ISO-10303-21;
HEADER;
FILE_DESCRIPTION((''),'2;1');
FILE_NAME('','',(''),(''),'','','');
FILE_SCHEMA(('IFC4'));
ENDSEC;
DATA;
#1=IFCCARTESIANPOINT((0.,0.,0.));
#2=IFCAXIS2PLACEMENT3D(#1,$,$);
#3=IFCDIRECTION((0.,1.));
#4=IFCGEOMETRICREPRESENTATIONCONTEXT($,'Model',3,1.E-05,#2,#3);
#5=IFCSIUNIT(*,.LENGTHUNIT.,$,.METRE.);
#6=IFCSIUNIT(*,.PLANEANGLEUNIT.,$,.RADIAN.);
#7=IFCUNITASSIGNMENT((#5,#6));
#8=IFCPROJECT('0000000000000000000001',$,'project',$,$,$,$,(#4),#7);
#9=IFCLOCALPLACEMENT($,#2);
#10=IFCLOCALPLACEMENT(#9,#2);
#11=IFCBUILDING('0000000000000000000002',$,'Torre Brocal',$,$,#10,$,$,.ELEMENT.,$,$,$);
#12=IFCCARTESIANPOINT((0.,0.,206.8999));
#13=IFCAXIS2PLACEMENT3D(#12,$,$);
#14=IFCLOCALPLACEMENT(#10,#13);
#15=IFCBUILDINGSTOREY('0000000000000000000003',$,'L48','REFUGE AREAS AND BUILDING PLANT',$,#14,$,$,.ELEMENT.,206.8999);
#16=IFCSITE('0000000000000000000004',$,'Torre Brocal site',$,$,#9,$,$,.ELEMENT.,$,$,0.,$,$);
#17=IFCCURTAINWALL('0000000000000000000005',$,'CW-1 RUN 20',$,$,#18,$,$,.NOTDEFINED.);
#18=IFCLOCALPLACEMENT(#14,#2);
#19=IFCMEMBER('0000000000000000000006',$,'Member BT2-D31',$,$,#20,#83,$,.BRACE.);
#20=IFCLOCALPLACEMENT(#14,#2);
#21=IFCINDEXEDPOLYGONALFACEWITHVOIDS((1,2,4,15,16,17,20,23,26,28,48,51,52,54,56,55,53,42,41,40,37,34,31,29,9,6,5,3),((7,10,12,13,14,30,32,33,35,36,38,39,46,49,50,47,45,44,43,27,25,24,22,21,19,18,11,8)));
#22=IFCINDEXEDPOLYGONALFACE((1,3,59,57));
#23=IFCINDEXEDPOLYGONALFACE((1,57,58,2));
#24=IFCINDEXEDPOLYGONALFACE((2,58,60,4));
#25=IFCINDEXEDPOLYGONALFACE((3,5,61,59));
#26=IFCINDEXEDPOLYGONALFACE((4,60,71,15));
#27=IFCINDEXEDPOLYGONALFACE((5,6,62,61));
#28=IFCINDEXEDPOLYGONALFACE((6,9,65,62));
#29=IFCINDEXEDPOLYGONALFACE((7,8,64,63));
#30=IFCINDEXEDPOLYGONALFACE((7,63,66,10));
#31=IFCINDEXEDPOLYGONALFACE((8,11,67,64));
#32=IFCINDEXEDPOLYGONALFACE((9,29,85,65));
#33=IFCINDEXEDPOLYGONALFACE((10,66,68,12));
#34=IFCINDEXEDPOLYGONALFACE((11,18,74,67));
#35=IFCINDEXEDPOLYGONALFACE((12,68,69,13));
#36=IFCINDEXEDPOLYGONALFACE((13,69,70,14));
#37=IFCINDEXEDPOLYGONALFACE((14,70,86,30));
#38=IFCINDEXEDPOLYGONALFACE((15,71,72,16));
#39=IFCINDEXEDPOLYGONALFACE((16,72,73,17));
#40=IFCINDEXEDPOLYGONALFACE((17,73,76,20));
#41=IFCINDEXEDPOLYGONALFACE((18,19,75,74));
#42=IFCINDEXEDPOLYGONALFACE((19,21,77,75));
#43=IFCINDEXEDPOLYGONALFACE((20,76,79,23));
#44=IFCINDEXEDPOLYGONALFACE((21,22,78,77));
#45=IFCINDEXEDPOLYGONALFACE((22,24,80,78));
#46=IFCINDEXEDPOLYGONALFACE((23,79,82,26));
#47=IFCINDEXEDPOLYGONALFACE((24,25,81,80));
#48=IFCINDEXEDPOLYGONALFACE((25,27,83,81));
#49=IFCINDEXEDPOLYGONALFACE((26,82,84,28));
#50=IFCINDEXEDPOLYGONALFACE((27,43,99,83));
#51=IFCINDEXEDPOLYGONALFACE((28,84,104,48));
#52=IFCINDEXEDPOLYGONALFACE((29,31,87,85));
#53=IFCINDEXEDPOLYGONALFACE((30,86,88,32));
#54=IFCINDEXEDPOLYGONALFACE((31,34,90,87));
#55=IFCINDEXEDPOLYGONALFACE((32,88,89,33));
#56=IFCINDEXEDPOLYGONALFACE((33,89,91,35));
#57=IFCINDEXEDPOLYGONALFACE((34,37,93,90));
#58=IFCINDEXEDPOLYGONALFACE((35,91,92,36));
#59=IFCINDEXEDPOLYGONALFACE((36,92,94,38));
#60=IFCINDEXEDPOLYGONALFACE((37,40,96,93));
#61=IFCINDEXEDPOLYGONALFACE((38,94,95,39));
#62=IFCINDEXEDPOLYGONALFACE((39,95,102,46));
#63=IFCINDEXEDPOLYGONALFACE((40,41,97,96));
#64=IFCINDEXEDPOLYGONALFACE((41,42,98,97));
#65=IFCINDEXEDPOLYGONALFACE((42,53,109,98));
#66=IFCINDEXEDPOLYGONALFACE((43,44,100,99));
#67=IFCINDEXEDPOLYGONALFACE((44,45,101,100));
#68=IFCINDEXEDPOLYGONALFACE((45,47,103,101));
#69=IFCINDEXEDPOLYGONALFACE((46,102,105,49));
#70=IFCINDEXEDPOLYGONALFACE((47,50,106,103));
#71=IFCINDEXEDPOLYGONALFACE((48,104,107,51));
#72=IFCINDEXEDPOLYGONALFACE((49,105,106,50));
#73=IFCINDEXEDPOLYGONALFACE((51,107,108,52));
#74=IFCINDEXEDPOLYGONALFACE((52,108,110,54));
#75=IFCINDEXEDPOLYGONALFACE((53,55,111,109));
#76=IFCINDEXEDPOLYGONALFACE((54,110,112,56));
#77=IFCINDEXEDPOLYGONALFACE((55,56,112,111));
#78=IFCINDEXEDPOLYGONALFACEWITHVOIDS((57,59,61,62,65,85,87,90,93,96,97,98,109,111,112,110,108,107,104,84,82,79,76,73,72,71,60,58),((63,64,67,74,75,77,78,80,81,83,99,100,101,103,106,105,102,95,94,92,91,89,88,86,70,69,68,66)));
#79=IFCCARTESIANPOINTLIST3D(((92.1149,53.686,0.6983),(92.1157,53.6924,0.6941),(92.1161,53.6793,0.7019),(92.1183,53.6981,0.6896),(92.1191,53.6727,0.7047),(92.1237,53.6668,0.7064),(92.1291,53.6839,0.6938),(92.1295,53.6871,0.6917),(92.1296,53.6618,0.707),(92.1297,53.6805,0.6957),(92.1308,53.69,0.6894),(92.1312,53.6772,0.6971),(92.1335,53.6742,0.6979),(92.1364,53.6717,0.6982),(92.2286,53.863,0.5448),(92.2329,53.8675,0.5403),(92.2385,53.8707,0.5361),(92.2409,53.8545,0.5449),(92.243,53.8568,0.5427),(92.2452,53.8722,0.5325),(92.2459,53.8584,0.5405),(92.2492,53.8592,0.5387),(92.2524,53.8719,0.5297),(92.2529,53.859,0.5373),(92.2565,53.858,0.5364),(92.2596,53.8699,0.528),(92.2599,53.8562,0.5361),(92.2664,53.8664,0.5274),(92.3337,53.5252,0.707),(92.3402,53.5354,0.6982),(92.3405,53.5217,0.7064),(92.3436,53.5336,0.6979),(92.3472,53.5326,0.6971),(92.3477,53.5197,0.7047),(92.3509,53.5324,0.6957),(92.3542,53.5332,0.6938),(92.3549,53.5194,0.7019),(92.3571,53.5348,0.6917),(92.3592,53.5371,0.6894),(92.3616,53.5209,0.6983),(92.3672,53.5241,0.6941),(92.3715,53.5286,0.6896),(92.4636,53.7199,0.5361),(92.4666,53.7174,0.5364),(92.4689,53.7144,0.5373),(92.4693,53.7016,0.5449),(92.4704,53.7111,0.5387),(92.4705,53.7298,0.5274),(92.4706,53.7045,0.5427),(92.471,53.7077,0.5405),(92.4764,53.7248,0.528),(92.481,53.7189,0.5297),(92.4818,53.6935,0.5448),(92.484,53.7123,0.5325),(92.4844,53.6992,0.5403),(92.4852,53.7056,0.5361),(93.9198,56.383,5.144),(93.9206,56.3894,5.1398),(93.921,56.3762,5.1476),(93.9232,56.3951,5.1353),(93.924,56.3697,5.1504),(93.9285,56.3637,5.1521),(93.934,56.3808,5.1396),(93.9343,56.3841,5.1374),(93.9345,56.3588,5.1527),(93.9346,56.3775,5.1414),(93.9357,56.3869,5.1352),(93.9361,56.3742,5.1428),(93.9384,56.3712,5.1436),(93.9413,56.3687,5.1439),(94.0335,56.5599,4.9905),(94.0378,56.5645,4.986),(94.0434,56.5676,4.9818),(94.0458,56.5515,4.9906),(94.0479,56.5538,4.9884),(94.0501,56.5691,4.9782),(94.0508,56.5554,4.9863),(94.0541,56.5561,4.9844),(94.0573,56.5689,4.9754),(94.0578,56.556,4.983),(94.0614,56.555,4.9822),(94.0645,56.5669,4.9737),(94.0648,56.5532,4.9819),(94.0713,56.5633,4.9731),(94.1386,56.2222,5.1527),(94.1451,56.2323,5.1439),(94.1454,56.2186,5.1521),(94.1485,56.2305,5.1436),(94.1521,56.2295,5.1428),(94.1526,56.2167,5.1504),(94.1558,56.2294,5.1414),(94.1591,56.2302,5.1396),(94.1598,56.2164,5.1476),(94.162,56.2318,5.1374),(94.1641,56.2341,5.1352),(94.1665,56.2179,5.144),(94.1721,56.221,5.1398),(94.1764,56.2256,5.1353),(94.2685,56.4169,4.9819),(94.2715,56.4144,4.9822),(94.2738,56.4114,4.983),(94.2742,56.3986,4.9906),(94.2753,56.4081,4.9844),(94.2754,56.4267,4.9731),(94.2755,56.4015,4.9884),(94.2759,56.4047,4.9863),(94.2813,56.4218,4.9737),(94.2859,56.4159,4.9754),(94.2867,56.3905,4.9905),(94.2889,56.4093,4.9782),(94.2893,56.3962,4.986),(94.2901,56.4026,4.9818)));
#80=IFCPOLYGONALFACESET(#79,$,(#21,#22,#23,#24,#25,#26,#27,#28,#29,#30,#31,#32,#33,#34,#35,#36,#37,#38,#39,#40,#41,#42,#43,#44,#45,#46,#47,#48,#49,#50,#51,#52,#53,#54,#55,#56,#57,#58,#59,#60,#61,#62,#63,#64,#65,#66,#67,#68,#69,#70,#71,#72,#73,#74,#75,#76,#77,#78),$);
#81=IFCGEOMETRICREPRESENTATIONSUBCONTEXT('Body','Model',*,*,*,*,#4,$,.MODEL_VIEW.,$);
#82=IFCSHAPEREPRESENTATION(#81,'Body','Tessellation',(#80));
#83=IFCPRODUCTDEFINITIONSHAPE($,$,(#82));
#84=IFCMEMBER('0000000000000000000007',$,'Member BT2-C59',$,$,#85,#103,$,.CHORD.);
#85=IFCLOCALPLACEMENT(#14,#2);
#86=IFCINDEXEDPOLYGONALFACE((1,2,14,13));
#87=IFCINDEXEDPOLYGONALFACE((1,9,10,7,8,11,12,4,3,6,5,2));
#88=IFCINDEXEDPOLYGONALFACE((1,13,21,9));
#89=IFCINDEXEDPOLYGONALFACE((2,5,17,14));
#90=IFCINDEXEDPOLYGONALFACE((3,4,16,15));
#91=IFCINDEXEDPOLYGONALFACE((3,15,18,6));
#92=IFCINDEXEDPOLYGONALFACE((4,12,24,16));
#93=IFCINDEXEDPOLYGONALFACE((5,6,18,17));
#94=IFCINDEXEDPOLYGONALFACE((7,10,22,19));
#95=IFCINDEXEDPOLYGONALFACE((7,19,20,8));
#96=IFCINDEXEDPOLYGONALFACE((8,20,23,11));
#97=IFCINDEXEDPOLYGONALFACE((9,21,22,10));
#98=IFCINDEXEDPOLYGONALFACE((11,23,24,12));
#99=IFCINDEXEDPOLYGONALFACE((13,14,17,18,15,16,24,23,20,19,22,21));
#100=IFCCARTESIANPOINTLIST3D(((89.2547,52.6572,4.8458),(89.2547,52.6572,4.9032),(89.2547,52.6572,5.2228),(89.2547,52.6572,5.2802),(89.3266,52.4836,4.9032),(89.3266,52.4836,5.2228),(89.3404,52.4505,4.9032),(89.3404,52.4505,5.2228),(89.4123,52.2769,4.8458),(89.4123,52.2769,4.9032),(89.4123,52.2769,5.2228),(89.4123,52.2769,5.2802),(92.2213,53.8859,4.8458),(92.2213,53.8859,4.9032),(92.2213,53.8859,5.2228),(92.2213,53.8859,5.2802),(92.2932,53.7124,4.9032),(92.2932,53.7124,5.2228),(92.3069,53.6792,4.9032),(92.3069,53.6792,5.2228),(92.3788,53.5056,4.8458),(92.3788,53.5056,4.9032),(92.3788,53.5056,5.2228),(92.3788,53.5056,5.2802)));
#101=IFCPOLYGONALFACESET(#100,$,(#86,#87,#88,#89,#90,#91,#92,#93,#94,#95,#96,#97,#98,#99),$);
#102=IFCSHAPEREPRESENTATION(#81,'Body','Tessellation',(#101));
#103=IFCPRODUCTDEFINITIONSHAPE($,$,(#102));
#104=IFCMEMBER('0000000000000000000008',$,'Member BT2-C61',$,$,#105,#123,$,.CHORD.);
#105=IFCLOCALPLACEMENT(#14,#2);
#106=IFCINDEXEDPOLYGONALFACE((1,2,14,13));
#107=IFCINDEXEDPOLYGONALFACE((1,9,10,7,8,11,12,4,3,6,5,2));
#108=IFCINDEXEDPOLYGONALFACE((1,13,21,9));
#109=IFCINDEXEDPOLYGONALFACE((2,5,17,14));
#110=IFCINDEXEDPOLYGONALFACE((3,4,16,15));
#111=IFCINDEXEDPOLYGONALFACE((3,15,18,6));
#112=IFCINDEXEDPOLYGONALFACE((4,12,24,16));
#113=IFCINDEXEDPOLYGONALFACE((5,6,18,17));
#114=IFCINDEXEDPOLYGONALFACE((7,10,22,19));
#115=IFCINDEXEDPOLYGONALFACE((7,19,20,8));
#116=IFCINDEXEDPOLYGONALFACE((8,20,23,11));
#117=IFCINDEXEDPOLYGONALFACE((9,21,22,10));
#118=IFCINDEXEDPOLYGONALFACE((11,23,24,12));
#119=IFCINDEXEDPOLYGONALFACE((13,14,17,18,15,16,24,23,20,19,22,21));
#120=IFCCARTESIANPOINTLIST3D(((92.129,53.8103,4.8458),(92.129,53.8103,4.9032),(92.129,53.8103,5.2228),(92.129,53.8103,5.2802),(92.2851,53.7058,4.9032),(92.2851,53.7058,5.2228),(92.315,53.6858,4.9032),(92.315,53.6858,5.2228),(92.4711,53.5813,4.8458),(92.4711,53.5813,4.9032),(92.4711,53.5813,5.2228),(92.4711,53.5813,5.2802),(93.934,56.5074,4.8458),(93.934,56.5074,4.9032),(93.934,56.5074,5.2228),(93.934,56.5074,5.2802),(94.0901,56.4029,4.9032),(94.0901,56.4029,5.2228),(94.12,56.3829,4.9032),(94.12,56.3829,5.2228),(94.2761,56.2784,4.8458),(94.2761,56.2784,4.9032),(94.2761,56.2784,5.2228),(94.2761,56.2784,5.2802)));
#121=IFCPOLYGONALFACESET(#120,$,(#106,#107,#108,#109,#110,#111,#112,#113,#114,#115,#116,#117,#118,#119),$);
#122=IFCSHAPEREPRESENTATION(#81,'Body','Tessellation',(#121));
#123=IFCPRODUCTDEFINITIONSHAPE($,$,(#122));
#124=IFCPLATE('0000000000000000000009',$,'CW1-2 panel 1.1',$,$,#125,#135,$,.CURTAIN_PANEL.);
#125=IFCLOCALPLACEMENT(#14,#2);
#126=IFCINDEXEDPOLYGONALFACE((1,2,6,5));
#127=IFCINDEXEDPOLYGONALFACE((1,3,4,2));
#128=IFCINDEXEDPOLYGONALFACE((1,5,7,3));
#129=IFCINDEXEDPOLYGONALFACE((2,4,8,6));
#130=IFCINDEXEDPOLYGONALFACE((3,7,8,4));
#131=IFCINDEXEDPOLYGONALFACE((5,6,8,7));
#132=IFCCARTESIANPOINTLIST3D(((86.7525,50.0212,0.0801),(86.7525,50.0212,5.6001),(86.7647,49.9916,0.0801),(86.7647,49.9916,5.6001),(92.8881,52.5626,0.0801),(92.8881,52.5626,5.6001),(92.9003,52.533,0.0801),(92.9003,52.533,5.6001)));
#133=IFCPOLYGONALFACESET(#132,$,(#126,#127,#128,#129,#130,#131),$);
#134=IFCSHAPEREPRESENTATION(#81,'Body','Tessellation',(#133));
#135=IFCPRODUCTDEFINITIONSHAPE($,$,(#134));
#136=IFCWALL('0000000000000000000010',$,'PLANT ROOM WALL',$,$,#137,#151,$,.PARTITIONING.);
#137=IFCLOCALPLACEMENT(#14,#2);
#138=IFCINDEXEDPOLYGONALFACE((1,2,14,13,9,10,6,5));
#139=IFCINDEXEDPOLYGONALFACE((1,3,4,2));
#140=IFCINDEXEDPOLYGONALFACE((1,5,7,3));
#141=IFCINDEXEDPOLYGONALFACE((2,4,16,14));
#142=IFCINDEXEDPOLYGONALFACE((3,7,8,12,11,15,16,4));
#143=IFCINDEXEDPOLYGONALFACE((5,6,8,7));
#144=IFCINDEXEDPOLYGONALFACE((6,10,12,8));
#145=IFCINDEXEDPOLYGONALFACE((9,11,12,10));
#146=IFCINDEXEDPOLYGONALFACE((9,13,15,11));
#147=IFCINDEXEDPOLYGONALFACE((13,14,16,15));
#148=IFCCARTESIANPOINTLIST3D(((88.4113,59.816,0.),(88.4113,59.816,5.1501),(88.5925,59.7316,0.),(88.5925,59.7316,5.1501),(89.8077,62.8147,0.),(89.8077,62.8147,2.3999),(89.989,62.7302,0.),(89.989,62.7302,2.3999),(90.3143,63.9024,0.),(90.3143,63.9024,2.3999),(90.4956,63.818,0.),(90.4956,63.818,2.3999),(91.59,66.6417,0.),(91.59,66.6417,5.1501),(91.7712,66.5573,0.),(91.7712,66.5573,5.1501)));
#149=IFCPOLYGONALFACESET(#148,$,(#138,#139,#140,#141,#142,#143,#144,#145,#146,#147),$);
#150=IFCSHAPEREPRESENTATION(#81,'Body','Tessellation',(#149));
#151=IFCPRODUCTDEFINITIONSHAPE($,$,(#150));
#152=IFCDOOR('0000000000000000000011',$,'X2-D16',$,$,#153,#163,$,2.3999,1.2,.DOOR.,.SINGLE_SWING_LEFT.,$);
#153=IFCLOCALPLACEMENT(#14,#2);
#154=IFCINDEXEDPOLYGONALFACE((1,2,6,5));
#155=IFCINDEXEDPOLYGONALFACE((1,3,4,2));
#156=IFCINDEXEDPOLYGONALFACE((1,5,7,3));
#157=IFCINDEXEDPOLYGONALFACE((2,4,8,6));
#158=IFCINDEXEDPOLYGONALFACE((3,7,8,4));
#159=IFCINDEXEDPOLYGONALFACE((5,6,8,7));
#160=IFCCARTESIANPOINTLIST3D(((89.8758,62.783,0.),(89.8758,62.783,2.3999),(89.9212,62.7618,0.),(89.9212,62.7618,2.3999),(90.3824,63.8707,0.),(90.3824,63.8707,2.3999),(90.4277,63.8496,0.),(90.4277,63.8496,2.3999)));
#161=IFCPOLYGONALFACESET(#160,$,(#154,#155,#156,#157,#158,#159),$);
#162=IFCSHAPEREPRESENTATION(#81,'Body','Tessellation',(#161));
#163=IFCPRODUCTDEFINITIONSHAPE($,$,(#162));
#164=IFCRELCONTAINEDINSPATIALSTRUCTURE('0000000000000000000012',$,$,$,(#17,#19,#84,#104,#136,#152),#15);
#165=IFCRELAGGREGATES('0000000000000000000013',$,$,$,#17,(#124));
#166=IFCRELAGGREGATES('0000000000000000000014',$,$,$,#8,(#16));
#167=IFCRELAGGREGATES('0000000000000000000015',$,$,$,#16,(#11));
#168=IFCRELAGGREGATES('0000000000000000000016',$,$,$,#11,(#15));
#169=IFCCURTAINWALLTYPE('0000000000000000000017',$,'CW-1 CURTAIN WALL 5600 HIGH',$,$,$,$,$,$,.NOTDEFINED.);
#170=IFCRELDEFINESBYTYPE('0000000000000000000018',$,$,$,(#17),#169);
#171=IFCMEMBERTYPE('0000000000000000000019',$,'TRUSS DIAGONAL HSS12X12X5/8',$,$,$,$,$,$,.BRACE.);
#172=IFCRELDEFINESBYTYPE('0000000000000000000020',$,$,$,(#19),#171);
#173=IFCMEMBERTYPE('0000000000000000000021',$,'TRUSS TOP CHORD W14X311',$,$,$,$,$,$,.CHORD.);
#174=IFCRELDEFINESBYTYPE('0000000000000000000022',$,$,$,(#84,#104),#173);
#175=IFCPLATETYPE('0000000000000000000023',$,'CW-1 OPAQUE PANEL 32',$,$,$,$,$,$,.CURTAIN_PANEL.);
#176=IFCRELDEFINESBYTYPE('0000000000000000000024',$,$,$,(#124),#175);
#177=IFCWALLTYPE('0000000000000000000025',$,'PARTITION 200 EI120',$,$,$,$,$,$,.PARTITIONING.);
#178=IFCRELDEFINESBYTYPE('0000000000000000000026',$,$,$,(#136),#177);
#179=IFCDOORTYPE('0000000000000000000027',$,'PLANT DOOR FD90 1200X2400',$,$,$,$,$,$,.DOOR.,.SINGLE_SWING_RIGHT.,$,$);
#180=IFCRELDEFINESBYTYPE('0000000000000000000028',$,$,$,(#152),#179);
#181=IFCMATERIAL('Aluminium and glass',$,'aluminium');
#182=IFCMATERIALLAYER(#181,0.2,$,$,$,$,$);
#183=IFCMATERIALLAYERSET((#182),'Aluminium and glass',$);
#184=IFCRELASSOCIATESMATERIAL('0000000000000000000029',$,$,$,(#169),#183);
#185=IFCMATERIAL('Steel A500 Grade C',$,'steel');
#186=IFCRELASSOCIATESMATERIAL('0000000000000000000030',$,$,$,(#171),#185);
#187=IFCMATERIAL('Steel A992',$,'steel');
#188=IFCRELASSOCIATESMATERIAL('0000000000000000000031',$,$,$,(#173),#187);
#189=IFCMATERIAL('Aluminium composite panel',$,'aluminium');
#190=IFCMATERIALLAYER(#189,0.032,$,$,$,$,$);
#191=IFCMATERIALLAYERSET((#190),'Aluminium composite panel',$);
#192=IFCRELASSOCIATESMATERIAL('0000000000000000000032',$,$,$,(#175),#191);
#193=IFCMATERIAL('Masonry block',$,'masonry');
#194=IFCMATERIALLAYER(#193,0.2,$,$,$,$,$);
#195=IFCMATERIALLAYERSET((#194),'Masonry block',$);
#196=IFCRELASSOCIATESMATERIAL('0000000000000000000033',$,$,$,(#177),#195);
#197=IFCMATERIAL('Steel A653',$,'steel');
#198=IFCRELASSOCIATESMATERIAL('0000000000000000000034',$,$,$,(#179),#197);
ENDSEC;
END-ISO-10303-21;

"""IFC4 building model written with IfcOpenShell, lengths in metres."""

from ifc_helpers import new_model, si_unit, direction, frame, frame_2d, origin, origin_2d, place, context, subcontext, project, spatial, rectangle, hollow_rectangle, i_section, extrude, material, layer, layer_set, material_profile, profile_set, type_object, element, fill, aggregate, save


model = new_model("IFC4")

# Units and contexts
model_context = context("Model", 3, precision=1e-05, world=origin(), true_north=direction((0.0, 1.0)))
body_context = subcontext(model_context, "Body", "Model", "MODEL_VIEW")
ifc_project = project(units=[si_unit("LENGTHUNIT", "METRE"), si_unit("PLANEANGLEUNIT", "RADIAN")], contexts=[model_context])

# Site, building, storey
site_placement = place(None, origin())
site = spatial("IfcSite", under=ifc_project, at=site_placement, Name="Torre Brocal site", CompositionType="ELEMENT", RefElevation=0.0)
building_placement = place(site_placement, origin())
building = spatial("IfcBuilding", under=site, at=building_placement, Name="Torre Brocal", CompositionType="ELEMENT")
storey_placement = place(building_placement, frame((0.0, 0.0, 206.8999)))
storey = spatial("IfcBuildingStorey", under=building, at=storey_placement, Name="L48", Description="REFUGE AREAS AND BUILDING PLANT", CompositionType="ELEMENT", Elevation=206.8999)

# Curtain wall
ifc_material_1 = material(Name="Aluminium and glass", Category="aluminium")
ifc_layer_1 = layer(ifc_material_1, 0.2)
ifc_layer_set_1 = layer_set([ifc_layer_1], Name="Aluminium and glass")
curtain_wall_type = type_object("IfcCurtainWallType", Name="CW-1 CURTAIN WALL 5600 HIGH", PredefinedType="NOTDEFINED", material=ifc_layer_set_1)
curtain_wall_1_placement = place(storey_placement, origin())
curtain_wall_1 = element("IfcCurtainWall", 1, at=curtain_wall_1_placement, inside=storey, type_object=curtain_wall_type, Name="CW-1 RUN 20", PredefinedType="NOTDEFINED")

# Members
ifc_material_2 = material(Name="Steel A500 Grade C", Category="steel")
ifc_material_profile_1 = material_profile(ifc_material_2, hollow_rectangle(XDim=0.3047, YDim=0.3047, WallThickness=0.0149, InnerFilletRadius=0.0149, OuterFilletRadius=0.0295, at=origin_2d()), Name="HSS12X12X5/8")
ifc_profile_set_1 = profile_set([ifc_material_profile_1], Name="Steel A500 Grade C")
member_type_1 = type_object("IfcMemberType", Name="TRUSS DIAGONAL HSS12X12X5/8", PredefinedType="BRACE", material=ifc_profile_set_1)
member_1_placement = place(storey_placement, frame((92.3, 53.6958, 0.6172), z_axis=(0.327916, 0.489988, 0.807702), x_axis=(-0.831065, 0.556175, 0.0)))
element("IfcMember", 2, at=member_1_placement, inside=storey, type_object=member_type_1, Name="Member BT2-D31", PredefinedType="BRACE", context=body_context, shape_type="SweptSolid", body=[
    extrude(hollow_rectangle(XDim=0.3047, YDim=0.3047, WallThickness=0.0149, InnerFilletRadius=0.0149, OuterFilletRadius=0.0295, at=origin_2d()), origin(), (0.0, 0.0, 1.0), 5.5042),
])
ifc_material_3 = material(Name="Steel A992", Category="steel")
ifc_material_profile_2 = material_profile(ifc_material_3, i_section(OverallWidth=0.4116, OverallDepth=0.4343, WebThickness=0.0359, FlangeThickness=0.0574, at=origin_2d()), Name="W14X311")
ifc_profile_set_2 = profile_set([ifc_material_profile_2], Name="Steel A992")
member_type_2 = type_object("IfcMemberType", Name="TRUSS TOP CHORD W14X311", PredefinedType="CHORD", material=ifc_profile_set_2)
member_2_placement = place(storey_placement, frame((89.3335, 52.467, 5.063), z_axis=(0.923882, 0.382676, 0.0), x_axis=(-0.382676, 0.923882, 0.0)))
element("IfcMember", 3, at=member_2_placement, inside=storey, type_object=member_type_2, Name="Member BT2-C59", PredefinedType="CHORD", context=body_context, shape_type="SweptSolid", body=[
    extrude(i_section(OverallWidth=0.4116, OverallDepth=0.4343, WebThickness=0.0359, FlangeThickness=0.0574, at=origin_2d()), origin(), (0.0, 0.0, 1.0), 3.2109),
])
member_3_placement = place(storey_placement, frame((92.3, 53.6958, 5.063), z_axis=(0.556175, 0.831065, 0.0), x_axis=(-0.831065, 0.556175, 0.0)))
element("IfcMember", 4, at=member_3_placement, inside=storey, type_object=member_type_2, Name="Member BT2-C61", PredefinedType="CHORD", context=body_context, shape_type="SweptSolid", body=[
    extrude(i_section(OverallWidth=0.4116, OverallDepth=0.4343, WebThickness=0.0359, FlangeThickness=0.0574, at=origin_2d()), origin(), (0.0, 0.0, 1.0), 3.2454),
])

# Plate
ifc_material_4 = material(Name="Aluminium composite panel", Category="aluminium")
ifc_layer_2 = layer(ifc_material_4, 0.032)
ifc_layer_set_2 = layer_set([ifc_layer_2], Name="Aluminium composite panel")
plate_type = type_object("IfcPlateType", Name="CW-1 OPAQUE PANEL 32", PredefinedType="CURTAIN_PANEL", material=ifc_layer_set_2)
plate_placement = place(storey_placement, frame((89.8264, 51.2771, 0.0801), z_axis=(0.0, 0.0, 1.0), x_axis=(0.92388, 0.382683, 0.0)))
plate = element("IfcPlate", 5, at=plate_placement, type_object=plate_type, Name="CW1-2 panel 1.1", PredefinedType="CURTAIN_PANEL", context=body_context, shape_type="SweptSolid", body=[
    extrude(rectangle(XDim=6.6411, YDim=0.032, at=origin_2d()), origin(), (0.0, 0.0, 1.0), 5.52),
])
aggregate(curtain_wall_1, [plate])

# Wall, opening, door
ifc_material_5 = material(Name="Masonry block", Category="masonry")
ifc_layer_3 = layer(ifc_material_5, 0.2)
ifc_layer_set_3 = layer_set([ifc_layer_3], Name="Masonry block")
wall_type_1 = type_object("IfcWallType", Name="PARTITION 200 EI120", PredefinedType="PARTITIONING", material=ifc_layer_set_3)
wall_1_placement = place(storey_placement, frame((88.502, 59.7739, 0.0), z_axis=(0.0, 0.0, 1.0), x_axis=(0.422165, 0.906519, 0.0)))
wall_1 = element("IfcWall", 6, at=wall_1_placement, inside=storey, type_object=wall_type_1, Name="PLANT ROOM WALL", PredefinedType="PARTITIONING", context=body_context, shape_type="SweptSolid", body=[
    extrude(rectangle(XDim=7.5295, YDim=0.2, at=frame_2d((3.7646, 0.0))), origin(), (0.0, 0.0, 1.0), 5.1501),
])
opening_1_placement = place(wall_1_placement, frame((3.3076, 0.0, 0.0)))
opening_1 = element("IfcOpeningElement", 7, at=opening_1_placement, cuts=wall_1, PredefinedType="OPENING", context=body_context, shape_type="SweptSolid", body=[
    extrude(rectangle(XDim=1.2, YDim=2.3999, at=frame_2d((0.6001, 1.2))), frame((0.0, 0.1099, 0.0), z_axis=(0.0, -1.0, 0.0), x_axis=(1.0, 0.0, 0.0)), (0.0, 0.0, 1.0), 0.22),
])
ifc_material_6 = material(Name="Steel A653", Category="steel")
door_type = type_object("IfcDoorType", Name="PLANT DOOR FD90 1200X2400", OperationType="SINGLE_SWING_RIGHT", PredefinedType="DOOR", material=ifc_material_6)
door_1_placement = place(opening_1_placement, origin())
door_1 = element("IfcDoor", 8, at=door_1_placement, inside=storey, type_object=door_type, Name="X2-D16", OperationType="SINGLE_SWING_LEFT", OverallHeight=2.3999, OverallWidth=1.2, PredefinedType="DOOR", context=body_context, shape_type="SweptSolid", body=[
    extrude(rectangle(XDim=1.2, YDim=2.3999, at=frame_2d((0.6001, 1.2))), frame((0.0, 0.0249, 0.0), z_axis=(0.0, -1.0, 0.0), x_axis=(1.0, 0.0, 0.0)), (0.0, 0.0, 1.0), 0.05),
])
fill(opening_1, door_1)

save(model, "model.ifc")
